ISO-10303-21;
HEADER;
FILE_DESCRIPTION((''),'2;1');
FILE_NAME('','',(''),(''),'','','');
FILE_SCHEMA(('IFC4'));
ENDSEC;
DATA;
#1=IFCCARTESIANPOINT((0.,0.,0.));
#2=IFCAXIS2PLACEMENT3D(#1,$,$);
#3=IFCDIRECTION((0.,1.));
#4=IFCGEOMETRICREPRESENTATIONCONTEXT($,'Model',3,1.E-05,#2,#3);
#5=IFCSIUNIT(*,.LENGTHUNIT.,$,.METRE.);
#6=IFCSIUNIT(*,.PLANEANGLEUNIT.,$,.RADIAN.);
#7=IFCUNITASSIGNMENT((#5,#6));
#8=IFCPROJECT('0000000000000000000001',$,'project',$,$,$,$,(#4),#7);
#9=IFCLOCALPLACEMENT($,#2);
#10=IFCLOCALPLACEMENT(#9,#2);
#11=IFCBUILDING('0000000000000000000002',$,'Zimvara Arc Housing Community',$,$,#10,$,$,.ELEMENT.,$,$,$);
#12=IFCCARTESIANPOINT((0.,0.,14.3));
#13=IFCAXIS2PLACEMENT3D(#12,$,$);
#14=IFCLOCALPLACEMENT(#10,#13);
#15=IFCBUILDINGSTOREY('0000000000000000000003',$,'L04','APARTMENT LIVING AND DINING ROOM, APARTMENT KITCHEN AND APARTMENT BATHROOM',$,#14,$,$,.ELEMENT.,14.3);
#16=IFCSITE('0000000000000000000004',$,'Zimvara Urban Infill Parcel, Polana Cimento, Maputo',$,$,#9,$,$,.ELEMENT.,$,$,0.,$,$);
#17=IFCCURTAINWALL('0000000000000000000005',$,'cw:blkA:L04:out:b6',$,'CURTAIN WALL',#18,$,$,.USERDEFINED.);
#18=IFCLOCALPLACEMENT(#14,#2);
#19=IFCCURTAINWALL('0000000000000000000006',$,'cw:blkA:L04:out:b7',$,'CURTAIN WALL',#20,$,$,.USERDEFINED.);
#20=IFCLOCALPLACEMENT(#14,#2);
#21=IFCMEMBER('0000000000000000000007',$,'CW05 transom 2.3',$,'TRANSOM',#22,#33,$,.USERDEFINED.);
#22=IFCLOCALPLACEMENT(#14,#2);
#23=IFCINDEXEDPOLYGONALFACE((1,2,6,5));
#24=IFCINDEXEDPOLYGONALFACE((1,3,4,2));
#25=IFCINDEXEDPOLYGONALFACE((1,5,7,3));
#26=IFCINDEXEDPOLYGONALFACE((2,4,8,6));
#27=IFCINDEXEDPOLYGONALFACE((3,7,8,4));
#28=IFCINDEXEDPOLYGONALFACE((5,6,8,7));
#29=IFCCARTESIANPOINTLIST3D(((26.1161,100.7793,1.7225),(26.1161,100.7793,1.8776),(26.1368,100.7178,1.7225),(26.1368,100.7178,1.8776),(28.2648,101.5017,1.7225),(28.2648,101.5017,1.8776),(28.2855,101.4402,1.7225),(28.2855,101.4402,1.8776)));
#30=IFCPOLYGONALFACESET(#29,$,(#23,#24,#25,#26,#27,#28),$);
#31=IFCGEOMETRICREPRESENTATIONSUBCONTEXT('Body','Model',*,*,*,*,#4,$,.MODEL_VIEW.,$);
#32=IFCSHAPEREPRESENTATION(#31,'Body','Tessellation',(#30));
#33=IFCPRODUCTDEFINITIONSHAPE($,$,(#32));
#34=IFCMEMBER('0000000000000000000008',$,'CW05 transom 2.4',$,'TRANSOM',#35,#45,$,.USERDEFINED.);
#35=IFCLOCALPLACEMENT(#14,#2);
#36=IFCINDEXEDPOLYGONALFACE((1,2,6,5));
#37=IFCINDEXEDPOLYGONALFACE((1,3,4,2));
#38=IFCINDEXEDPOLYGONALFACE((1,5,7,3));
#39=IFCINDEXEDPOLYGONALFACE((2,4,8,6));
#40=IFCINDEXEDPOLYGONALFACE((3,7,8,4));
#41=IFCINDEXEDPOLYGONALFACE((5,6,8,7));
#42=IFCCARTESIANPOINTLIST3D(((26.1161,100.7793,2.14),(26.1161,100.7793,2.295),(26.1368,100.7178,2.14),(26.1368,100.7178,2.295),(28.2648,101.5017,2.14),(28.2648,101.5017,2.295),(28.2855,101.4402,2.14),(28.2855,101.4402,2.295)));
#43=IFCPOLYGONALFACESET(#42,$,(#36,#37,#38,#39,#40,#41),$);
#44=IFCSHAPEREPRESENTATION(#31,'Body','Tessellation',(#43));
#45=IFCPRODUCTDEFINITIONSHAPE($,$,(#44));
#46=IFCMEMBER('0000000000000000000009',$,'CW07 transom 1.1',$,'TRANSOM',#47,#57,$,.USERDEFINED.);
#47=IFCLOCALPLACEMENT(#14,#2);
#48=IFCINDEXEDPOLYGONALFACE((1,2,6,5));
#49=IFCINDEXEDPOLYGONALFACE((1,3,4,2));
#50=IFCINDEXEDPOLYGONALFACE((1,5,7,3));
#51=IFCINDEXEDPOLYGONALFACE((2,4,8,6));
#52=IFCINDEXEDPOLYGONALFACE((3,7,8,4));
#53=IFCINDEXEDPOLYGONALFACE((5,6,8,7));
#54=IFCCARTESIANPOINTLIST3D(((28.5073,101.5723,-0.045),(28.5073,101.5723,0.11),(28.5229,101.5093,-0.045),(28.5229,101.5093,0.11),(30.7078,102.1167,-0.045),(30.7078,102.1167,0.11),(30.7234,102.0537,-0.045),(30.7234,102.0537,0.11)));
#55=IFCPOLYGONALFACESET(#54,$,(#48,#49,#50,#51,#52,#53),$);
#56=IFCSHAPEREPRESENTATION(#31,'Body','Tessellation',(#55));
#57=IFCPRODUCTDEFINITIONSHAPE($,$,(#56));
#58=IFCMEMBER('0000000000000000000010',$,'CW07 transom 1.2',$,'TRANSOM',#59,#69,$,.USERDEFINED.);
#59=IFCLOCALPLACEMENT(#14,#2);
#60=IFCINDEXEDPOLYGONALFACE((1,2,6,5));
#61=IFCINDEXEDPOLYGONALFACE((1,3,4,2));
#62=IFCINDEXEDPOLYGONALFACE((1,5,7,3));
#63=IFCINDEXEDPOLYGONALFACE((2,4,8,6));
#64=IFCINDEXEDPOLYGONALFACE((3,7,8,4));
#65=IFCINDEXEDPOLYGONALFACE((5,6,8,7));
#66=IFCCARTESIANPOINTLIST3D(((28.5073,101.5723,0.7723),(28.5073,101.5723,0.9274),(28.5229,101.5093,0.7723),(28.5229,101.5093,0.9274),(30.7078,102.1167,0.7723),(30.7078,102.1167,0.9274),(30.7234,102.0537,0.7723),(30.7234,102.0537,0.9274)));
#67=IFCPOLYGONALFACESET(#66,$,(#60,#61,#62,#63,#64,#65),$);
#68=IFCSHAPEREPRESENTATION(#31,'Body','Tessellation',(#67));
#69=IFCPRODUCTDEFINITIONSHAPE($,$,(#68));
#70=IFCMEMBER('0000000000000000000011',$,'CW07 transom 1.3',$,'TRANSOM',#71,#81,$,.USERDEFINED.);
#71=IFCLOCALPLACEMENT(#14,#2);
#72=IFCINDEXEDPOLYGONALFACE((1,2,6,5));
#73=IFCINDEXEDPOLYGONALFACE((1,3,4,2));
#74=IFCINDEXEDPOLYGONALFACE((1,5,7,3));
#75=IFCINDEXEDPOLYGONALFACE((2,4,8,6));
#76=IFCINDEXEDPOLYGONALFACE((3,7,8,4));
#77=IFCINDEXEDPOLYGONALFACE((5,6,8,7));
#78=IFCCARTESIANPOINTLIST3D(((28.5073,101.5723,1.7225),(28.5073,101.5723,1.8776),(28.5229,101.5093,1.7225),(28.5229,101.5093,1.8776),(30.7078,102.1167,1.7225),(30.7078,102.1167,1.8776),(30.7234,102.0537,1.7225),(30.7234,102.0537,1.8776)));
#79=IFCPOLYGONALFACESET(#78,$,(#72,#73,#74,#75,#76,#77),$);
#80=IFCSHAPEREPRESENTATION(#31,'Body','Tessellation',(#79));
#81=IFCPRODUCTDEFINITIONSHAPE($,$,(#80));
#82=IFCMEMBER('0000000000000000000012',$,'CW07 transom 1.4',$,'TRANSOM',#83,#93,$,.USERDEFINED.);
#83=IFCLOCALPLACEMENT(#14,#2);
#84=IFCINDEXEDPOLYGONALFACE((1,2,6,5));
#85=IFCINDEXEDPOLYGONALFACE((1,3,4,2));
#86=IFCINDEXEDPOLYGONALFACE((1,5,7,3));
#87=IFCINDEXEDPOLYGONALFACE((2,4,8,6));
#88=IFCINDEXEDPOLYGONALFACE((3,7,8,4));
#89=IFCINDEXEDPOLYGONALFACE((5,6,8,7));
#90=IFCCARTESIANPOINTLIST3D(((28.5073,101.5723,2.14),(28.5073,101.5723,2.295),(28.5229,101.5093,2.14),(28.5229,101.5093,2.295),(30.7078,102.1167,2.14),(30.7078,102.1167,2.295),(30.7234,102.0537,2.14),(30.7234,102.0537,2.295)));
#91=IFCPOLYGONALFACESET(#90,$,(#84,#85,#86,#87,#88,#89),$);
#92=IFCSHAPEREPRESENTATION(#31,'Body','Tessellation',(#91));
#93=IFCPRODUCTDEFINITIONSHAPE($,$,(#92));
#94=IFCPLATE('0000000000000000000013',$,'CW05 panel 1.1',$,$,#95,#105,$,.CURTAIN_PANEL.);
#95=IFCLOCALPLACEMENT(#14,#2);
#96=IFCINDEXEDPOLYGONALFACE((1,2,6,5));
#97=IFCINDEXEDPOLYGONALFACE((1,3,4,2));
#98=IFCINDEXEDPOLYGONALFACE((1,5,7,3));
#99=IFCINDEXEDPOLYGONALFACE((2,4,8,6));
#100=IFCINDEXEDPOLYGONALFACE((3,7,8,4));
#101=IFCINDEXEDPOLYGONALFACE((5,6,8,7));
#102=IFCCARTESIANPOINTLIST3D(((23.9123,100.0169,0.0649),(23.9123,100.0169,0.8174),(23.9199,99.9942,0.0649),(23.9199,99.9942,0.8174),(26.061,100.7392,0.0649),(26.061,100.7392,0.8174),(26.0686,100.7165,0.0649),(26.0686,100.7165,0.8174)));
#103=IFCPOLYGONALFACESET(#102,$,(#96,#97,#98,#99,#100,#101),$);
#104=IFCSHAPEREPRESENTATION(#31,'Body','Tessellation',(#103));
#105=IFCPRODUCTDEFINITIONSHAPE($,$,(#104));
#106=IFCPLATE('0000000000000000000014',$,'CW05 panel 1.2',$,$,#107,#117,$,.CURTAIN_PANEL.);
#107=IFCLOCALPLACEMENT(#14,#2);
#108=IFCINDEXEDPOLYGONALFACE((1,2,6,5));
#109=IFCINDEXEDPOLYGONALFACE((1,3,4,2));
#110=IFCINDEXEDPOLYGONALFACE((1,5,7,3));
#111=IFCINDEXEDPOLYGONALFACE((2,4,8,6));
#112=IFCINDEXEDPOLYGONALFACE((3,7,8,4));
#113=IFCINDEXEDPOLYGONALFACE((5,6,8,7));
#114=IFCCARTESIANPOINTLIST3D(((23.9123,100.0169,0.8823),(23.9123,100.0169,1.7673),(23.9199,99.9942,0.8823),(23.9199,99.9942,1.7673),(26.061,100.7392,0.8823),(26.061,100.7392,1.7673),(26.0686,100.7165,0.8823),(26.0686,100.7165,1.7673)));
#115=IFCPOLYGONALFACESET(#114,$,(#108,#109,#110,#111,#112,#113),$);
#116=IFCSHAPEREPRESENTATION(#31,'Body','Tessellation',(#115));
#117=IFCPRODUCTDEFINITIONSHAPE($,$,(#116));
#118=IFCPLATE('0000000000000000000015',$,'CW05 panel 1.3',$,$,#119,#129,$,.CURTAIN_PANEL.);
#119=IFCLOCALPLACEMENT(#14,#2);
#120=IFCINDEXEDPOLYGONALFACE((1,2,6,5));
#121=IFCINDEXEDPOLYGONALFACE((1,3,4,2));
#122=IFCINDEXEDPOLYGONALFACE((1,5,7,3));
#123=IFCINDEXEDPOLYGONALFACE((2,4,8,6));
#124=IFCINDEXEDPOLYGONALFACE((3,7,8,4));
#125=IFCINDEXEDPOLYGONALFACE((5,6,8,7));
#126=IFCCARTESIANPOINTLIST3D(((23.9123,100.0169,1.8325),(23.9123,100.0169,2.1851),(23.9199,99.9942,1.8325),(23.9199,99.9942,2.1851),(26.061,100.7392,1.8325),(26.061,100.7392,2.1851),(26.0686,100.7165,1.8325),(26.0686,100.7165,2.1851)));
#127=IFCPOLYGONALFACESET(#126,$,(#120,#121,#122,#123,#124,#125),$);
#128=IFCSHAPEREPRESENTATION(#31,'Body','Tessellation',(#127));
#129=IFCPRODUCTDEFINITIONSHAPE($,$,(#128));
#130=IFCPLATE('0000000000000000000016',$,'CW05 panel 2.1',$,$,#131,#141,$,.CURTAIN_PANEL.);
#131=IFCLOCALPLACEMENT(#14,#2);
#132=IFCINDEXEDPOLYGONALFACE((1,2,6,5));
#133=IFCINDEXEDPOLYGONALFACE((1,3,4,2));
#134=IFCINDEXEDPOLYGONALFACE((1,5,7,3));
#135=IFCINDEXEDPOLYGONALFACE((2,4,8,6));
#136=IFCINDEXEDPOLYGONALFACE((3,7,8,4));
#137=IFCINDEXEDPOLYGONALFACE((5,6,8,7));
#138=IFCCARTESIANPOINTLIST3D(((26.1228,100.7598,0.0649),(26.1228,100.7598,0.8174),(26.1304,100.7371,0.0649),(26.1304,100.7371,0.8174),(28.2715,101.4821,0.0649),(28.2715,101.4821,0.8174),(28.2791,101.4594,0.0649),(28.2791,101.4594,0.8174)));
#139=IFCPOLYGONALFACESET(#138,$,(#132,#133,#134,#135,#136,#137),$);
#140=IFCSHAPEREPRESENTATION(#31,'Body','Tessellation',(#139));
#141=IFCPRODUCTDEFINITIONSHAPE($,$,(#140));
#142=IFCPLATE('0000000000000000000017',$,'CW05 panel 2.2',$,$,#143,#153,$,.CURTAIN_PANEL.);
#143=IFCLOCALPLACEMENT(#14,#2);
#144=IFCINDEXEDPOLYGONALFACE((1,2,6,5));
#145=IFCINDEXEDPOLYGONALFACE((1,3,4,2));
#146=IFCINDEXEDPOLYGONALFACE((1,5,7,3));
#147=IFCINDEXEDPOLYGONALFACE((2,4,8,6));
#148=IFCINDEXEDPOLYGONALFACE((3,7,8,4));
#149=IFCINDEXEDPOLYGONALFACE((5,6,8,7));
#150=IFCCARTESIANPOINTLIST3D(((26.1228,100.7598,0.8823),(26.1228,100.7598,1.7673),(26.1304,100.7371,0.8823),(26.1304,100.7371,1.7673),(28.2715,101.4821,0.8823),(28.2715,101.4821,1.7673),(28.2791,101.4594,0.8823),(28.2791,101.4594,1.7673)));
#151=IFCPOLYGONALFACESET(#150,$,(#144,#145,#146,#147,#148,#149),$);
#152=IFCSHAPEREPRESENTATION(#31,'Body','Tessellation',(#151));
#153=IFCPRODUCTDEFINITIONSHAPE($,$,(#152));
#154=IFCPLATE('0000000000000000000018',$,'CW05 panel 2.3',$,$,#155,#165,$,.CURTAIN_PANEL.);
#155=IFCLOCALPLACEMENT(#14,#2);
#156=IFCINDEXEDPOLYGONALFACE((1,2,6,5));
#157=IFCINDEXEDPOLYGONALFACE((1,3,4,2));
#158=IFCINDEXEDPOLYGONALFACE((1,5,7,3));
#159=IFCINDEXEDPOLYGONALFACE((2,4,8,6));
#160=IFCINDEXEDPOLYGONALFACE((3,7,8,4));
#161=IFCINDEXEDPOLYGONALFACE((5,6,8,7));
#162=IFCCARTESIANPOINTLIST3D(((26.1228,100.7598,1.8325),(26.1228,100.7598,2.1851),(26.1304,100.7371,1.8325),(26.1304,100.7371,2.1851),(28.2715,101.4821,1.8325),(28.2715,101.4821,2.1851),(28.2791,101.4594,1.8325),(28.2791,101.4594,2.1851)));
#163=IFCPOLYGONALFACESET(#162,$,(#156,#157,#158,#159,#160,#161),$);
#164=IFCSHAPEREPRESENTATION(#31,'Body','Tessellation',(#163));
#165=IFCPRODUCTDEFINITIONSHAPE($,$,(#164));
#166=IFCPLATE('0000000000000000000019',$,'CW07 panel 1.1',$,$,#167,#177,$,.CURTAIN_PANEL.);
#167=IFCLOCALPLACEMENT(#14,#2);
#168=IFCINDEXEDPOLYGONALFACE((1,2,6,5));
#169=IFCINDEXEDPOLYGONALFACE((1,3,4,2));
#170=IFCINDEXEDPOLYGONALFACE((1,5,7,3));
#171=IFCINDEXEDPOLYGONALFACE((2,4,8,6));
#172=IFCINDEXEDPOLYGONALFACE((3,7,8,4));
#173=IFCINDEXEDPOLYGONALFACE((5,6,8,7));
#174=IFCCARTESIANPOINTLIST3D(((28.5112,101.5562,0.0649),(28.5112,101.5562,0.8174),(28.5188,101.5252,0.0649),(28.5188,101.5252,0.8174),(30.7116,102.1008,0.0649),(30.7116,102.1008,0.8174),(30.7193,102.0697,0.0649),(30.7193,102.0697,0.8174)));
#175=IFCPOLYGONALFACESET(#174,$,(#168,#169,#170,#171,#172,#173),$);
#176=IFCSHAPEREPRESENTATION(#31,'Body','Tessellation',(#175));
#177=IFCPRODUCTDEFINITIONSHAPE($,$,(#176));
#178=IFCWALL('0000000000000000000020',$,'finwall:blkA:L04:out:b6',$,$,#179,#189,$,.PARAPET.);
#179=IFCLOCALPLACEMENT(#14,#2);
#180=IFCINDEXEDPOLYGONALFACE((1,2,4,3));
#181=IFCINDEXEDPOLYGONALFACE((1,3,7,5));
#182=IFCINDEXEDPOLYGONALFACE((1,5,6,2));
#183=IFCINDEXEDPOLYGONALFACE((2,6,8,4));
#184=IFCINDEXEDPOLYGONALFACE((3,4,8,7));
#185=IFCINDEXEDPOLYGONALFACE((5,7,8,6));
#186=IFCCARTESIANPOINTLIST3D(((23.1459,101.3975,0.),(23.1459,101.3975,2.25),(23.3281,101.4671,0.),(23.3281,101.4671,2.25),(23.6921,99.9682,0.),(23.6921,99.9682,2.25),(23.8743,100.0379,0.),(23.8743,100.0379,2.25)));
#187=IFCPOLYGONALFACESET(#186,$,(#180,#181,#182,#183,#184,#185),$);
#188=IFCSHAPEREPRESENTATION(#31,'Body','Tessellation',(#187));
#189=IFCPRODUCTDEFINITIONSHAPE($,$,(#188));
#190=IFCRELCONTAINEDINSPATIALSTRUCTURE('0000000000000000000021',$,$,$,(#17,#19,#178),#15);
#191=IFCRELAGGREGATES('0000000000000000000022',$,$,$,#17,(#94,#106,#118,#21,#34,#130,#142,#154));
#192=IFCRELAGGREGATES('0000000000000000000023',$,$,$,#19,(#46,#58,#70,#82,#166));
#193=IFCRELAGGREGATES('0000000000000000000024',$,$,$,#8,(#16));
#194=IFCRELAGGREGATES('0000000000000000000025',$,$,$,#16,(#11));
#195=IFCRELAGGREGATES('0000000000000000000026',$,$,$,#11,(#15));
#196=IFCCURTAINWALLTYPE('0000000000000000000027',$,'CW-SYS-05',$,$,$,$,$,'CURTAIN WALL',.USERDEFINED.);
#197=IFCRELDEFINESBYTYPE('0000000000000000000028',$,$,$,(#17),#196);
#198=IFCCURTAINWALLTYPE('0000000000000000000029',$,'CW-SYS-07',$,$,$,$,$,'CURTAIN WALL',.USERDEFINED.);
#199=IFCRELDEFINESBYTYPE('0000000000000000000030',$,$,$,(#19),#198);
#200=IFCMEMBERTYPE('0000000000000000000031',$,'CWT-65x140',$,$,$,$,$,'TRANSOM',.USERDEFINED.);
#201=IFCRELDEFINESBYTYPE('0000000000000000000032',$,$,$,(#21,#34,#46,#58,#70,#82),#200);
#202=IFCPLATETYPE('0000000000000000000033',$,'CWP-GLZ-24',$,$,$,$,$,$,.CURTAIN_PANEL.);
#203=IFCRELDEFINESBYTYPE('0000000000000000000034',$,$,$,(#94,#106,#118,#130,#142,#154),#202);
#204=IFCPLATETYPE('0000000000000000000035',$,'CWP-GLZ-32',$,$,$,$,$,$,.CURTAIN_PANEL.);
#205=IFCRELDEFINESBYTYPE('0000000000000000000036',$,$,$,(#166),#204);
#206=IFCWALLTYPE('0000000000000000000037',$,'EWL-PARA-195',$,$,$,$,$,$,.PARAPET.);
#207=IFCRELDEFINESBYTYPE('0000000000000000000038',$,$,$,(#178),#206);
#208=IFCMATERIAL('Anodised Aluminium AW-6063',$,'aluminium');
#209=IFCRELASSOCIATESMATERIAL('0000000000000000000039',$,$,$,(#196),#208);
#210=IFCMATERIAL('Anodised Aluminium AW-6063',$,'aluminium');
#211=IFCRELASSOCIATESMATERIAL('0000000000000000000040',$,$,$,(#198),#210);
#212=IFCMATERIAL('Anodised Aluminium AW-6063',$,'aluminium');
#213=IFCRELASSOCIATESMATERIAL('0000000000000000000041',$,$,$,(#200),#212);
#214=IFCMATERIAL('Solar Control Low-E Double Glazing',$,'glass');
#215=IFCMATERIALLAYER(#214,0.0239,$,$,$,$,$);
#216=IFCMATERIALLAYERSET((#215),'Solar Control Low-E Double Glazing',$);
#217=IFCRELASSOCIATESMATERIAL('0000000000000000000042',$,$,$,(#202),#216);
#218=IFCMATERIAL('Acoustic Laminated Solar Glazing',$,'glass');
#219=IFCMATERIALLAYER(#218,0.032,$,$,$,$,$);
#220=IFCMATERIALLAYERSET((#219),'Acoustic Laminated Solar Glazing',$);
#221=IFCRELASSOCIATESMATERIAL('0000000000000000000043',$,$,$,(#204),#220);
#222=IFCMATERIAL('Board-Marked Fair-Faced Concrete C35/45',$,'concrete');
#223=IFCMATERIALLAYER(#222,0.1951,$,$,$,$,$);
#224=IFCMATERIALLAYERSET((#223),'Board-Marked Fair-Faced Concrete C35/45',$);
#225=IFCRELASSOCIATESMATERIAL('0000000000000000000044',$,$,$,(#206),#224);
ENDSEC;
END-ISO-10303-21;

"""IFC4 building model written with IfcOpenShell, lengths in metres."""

from ifc_helpers import new_model, si_unit, direction, frame, frame_2d, origin, origin_2d, place, context, subcontext, project, spatial, rectangle, extrude, material, layer, layer_set, material_profile, profile_set, type_object, element, aggregate, save


model = new_model("IFC4")

# Units and contexts
model_context = context("Model", 3, precision=1e-05, world=origin(), true_north=direction((0.0, 1.0)))
body_context = subcontext(model_context, "Body", "Model", "MODEL_VIEW")
ifc_project = project(units=[si_unit("LENGTHUNIT", "METRE"), si_unit("PLANEANGLEUNIT", "RADIAN")], contexts=[model_context])

# Site, building, storey
site_placement = place(None, origin())
site = spatial("IfcSite", under=ifc_project, at=site_placement, Name="Zimvara Urban Infill Parcel, Polana Cimento, Maputo", CompositionType="ELEMENT", RefElevation=0.0)
building_placement = place(site_placement, origin())
building = spatial("IfcBuilding", under=site, at=building_placement, Name="Zimvara Arc Housing Community", CompositionType="ELEMENT")
storey_placement = place(building_placement, frame((0.0, 0.0, 14.3)))
storey = spatial("IfcBuildingStorey", under=building, at=storey_placement, Name="L04", Description="APARTMENT LIVING AND DINING ROOM, APARTMENT KITCHEN AND APARTMENT BATHROOM", CompositionType="ELEMENT", Elevation=14.3)

# Curtain wall
ifc_material_1 = material(Name="Anodised Aluminium AW-6063", Category="aluminium")
curtain_wall_type_1 = type_object("IfcCurtainWallType", Name="CW-SYS-05", ElementType="CURTAIN WALL", PredefinedType="USERDEFINED", material=ifc_material_1)
curtain_wall_1_placement = place(storey_placement, origin())
curtain_wall_1 = element("IfcCurtainWall", 1, at=curtain_wall_1_placement, inside=storey, type_object=curtain_wall_type_1, Name="cw:blkA:L04:out:b6", ObjectType="CURTAIN WALL", PredefinedType="USERDEFINED")

# Curtain wall
ifc_material_2 = material(Name="Anodised Aluminium AW-6063", Category="aluminium")
curtain_wall_type_2 = type_object("IfcCurtainWallType", Name="CW-SYS-07", ElementType="CURTAIN WALL", PredefinedType="USERDEFINED", material=ifc_material_2)
curtain_wall_2_placement = place(storey_placement, origin())
curtain_wall_2 = element("IfcCurtainWall", 2, at=curtain_wall_2_placement, inside=storey, type_object=curtain_wall_type_2, Name="cw:blkA:L04:out:b7", ObjectType="CURTAIN WALL", PredefinedType="USERDEFINED")

# Members
ifc_material_3 = material(Name="Anodised Aluminium AW-6063", Category="aluminium")
ifc_material_profile_1 = material_profile(ifc_material_3, rectangle(XDim=0.0649, YDim=0.155, at=origin_2d()), Name="ALU 65x155")
ifc_profile_set_1 = profile_set([ifc_material_profile_1], Name="Anodised Aluminium AW-6063")
member_type_1 = type_object("IfcMemberType", Name="CWT-65x140", ElementType="TRANSOM", PredefinedType="USERDEFINED", material=ifc_profile_set_1)
member_1_placement = place(storey_placement, frame((26.1265, 100.7485, 1.8), z_axis=(0.947862, 0.318682, 0.0), x_axis=(-0.318682, 0.947862, 0.0)))
member_1 = element("IfcMember", 3, at=member_1_placement, type_object=member_type_1, Name="CW05 transom 2.3", ObjectType="TRANSOM", PredefinedType="USERDEFINED", context=body_context, shape_type="SweptSolid", body=[
    extrude(rectangle(XDim=0.0649, YDim=0.155, at=origin_2d()), origin(), (0.0, 0.0, 1.0), 2.2668),
])
member_2_placement = place(storey_placement, frame((26.1265, 100.7485, 2.2175), z_axis=(0.947862, 0.318682, 0.0), x_axis=(-0.318682, 0.947862, 0.0)))
member_2 = element("IfcMember", 4, at=member_2_placement, type_object=member_type_1, Name="CW05 transom 2.4", ObjectType="TRANSOM", PredefinedType="USERDEFINED", context=body_context, shape_type="SweptSolid", body=[
    extrude(rectangle(XDim=0.0649, YDim=0.155, at=origin_2d()), origin(), (0.0, 0.0, 1.0), 2.2668),
])
member_3_placement = place(storey_placement, frame((28.5151, 101.5408, 0.0325), z_axis=(0.970729, 0.240178, 0.0), x_axis=(-0.240178, 0.970729, 0.0)))
member_3 = element("IfcMember", 5, at=member_3_placement, type_object=member_type_1, Name="CW07 transom 1.1", ObjectType="TRANSOM", PredefinedType="USERDEFINED", context=body_context, shape_type="SweptSolid", body=[
    extrude(rectangle(XDim=0.0649, YDim=0.155, at=origin_2d()), origin(), (0.0, 0.0, 1.0), 2.2668),
])
member_4_placement = place(storey_placement, frame((28.5151, 101.5408, 0.8499), z_axis=(0.970729, 0.240178, 0.0), x_axis=(-0.240178, 0.970729, 0.0)))
member_4 = element("IfcMember", 6, at=member_4_placement, type_object=member_type_1, Name="CW07 transom 1.2", ObjectType="TRANSOM", PredefinedType="USERDEFINED", context=body_context, shape_type="SweptSolid", body=[
    extrude(rectangle(XDim=0.0649, YDim=0.155, at=origin_2d()), origin(), (0.0, 0.0, 1.0), 2.2668),
])
member_5_placement = place(storey_placement, frame((28.5151, 101.5408, 1.8), z_axis=(0.970729, 0.240178, 0.0), x_axis=(-0.240178, 0.970729, 0.0)))
member_5 = element("IfcMember", 7, at=member_5_placement, type_object=member_type_1, Name="CW07 transom 1.3", ObjectType="TRANSOM", PredefinedType="USERDEFINED", context=body_context, shape_type="SweptSolid", body=[
    extrude(rectangle(XDim=0.0649, YDim=0.155, at=origin_2d()), origin(), (0.0, 0.0, 1.0), 2.2668),
])
member_6_placement = place(storey_placement, frame((28.5151, 101.5408, 2.2175), z_axis=(0.970729, 0.240178, 0.0), x_axis=(-0.240178, 0.970729, 0.0)))
member_6 = element("IfcMember", 8, at=member_6_placement, type_object=member_type_1, Name="CW07 transom 1.4", ObjectType="TRANSOM", PredefinedType="USERDEFINED", context=body_context, shape_type="SweptSolid", body=[
    extrude(rectangle(XDim=0.0649, YDim=0.155, at=origin_2d()), origin(), (0.0, 0.0, 1.0), 2.2668),
])

# Plates
ifc_material_4 = material(Name="Solar Control Low-E Double Glazing", Category="glass")
ifc_layer_1 = layer(ifc_material_4, 0.0239)
ifc_layer_set_1 = layer_set([ifc_layer_1], Name="Solar Control Low-E Double Glazing")
plate_type_1 = type_object("IfcPlateType", Name="CWP-GLZ-24", PredefinedType="CURTAIN_PANEL", material=ifc_layer_set_1)
plate_1_placement = place(storey_placement, frame((24.9905, 100.3667, 0.0649), z_axis=(0.0, 0.0, 1.0), x_axis=(0.94788, 0.318629, 0.0)))
plate_1 = element("IfcPlate", 9, at=plate_1_placement, type_object=plate_type_1, Name="CW05 panel 1.1", PredefinedType="CURTAIN_PANEL", context=body_context, shape_type="SweptSolid", body=[
    extrude(rectangle(XDim=2.2668, YDim=0.0239, at=origin_2d()), origin(), (0.0, 0.0, 1.0), 0.7524),
])
plate_2_placement = place(storey_placement, frame((24.9905, 100.3667, 0.8823), z_axis=(0.0, 0.0, 1.0), x_axis=(0.94788, 0.318629, 0.0)))
plate_2 = element("IfcPlate", 10, at=plate_2_placement, type_object=plate_type_1, Name="CW05 panel 1.2", PredefinedType="CURTAIN_PANEL", context=body_context, shape_type="SweptSolid", body=[
    extrude(rectangle(XDim=2.2668, YDim=0.0239, at=origin_2d()), origin(), (0.0, 0.0, 1.0), 0.885),
])
plate_3_placement = place(storey_placement, frame((24.9905, 100.3667, 1.8325), z_axis=(0.0, 0.0, 1.0), x_axis=(0.94788, 0.318629, 0.0)))
plate_3 = element("IfcPlate", 11, at=plate_3_placement, type_object=plate_type_1, Name="CW05 panel 1.3", PredefinedType="CURTAIN_PANEL", context=body_context, shape_type="SweptSolid", body=[
    extrude(rectangle(XDim=2.2668, YDim=0.0239, at=origin_2d()), origin(), (0.0, 0.0, 1.0), 0.3525),
])
plate_4_placement = place(storey_placement, frame((27.2009, 101.1096, 0.0649), z_axis=(0.0, 0.0, 1.0), x_axis=(0.94788, 0.318629, 0.0)))
plate_4 = element("IfcPlate", 12, at=plate_4_placement, type_object=plate_type_1, Name="CW05 panel 2.1", PredefinedType="CURTAIN_PANEL", context=body_context, shape_type="SweptSolid", body=[
    extrude(rectangle(XDim=2.2668, YDim=0.0239, at=origin_2d()), origin(), (0.0, 0.0, 1.0), 0.7524),
])
plate_5_placement = place(storey_placement, frame((27.2009, 101.1096, 0.8823), z_axis=(0.0, 0.0, 1.0), x_axis=(0.94788, 0.318629, 0.0)))
plate_5 = element("IfcPlate", 13, at=plate_5_placement, type_object=plate_type_1, Name="CW05 panel 2.2", PredefinedType="CURTAIN_PANEL", context=body_context, shape_type="SweptSolid", body=[
    extrude(rectangle(XDim=2.2668, YDim=0.0239, at=origin_2d()), origin(), (0.0, 0.0, 1.0), 0.885),
])
plate_6_placement = place(storey_placement, frame((27.2009, 101.1096, 1.8325), z_axis=(0.0, 0.0, 1.0), x_axis=(0.94788, 0.318629, 0.0)))
plate_6 = element("IfcPlate", 14, at=plate_6_placement, type_object=plate_type_1, Name="CW05 panel 2.3", PredefinedType="CURTAIN_PANEL", context=body_context, shape_type="SweptSolid", body=[
    extrude(rectangle(XDim=2.2668, YDim=0.0239, at=origin_2d()), origin(), (0.0, 0.0, 1.0), 0.3525),
])
aggregate(curtain_wall_1, [plate_1, plate_2, plate_3, member_1, member_2, plate_4, plate_5, plate_6])
ifc_material_5 = material(Name="Acoustic Laminated Solar Glazing", Category="glass")
ifc_layer_2 = layer(ifc_material_5, 0.032)
ifc_layer_set_2 = layer_set([ifc_layer_2], Name="Acoustic Laminated Solar Glazing")
plate_type_2 = type_object("IfcPlateType", Name="CWP-GLZ-32", PredefinedType="CURTAIN_PANEL", material=ifc_layer_set_2)
plate_7_placement = place(storey_placement, frame((29.6152, 101.813, 0.0649), z_axis=(0.0, 0.0, 1.0), x_axis=(0.970716, 0.24023, 0.0)))
plate_7 = element("IfcPlate", 15, at=plate_7_placement, type_object=plate_type_2, Name="CW07 panel 1.1", PredefinedType="CURTAIN_PANEL", context=body_context, shape_type="SweptSolid", body=[
    extrude(rectangle(XDim=2.2668, YDim=0.032, at=origin_2d()), origin(), (0.0, 0.0, 1.0), 0.7524),
])
aggregate(curtain_wall_2, [member_3, member_4, member_5, member_6, plate_7])

# Wall
ifc_material_6 = material(Name="Board-Marked Fair-Faced Concrete C35/45", Category="concrete")
ifc_layer_3 = layer(ifc_material_6, 0.1951)
ifc_layer_set_3 = layer_set([ifc_layer_3], Name="Board-Marked Fair-Faced Concrete C35/45")
wall_type = type_object("IfcWallType", Name="EWL-PARA-195", PredefinedType="PARAPET", material=ifc_layer_set_3)
wall_placement = place(storey_placement, frame((23.7832, 100.0029, 0.0), z_axis=(0.0, 0.0, 1.0), x_axis=(-0.356957, 0.934121, 0.0)))
element("IfcWall", 16, at=wall_placement, inside=storey, type_object=wall_type, Name="finwall:blkA:L04:out:b6", PredefinedType="PARAPET", context=body_context, shape_type="SweptSolid", body=[
    extrude(rectangle(XDim=1.53, YDim=0.1951, at=frame_2d((0.7651, 0.0))), origin(), (0.0, 0.0, 1.0), 2.25),
])

save(model, "model.ifc")
